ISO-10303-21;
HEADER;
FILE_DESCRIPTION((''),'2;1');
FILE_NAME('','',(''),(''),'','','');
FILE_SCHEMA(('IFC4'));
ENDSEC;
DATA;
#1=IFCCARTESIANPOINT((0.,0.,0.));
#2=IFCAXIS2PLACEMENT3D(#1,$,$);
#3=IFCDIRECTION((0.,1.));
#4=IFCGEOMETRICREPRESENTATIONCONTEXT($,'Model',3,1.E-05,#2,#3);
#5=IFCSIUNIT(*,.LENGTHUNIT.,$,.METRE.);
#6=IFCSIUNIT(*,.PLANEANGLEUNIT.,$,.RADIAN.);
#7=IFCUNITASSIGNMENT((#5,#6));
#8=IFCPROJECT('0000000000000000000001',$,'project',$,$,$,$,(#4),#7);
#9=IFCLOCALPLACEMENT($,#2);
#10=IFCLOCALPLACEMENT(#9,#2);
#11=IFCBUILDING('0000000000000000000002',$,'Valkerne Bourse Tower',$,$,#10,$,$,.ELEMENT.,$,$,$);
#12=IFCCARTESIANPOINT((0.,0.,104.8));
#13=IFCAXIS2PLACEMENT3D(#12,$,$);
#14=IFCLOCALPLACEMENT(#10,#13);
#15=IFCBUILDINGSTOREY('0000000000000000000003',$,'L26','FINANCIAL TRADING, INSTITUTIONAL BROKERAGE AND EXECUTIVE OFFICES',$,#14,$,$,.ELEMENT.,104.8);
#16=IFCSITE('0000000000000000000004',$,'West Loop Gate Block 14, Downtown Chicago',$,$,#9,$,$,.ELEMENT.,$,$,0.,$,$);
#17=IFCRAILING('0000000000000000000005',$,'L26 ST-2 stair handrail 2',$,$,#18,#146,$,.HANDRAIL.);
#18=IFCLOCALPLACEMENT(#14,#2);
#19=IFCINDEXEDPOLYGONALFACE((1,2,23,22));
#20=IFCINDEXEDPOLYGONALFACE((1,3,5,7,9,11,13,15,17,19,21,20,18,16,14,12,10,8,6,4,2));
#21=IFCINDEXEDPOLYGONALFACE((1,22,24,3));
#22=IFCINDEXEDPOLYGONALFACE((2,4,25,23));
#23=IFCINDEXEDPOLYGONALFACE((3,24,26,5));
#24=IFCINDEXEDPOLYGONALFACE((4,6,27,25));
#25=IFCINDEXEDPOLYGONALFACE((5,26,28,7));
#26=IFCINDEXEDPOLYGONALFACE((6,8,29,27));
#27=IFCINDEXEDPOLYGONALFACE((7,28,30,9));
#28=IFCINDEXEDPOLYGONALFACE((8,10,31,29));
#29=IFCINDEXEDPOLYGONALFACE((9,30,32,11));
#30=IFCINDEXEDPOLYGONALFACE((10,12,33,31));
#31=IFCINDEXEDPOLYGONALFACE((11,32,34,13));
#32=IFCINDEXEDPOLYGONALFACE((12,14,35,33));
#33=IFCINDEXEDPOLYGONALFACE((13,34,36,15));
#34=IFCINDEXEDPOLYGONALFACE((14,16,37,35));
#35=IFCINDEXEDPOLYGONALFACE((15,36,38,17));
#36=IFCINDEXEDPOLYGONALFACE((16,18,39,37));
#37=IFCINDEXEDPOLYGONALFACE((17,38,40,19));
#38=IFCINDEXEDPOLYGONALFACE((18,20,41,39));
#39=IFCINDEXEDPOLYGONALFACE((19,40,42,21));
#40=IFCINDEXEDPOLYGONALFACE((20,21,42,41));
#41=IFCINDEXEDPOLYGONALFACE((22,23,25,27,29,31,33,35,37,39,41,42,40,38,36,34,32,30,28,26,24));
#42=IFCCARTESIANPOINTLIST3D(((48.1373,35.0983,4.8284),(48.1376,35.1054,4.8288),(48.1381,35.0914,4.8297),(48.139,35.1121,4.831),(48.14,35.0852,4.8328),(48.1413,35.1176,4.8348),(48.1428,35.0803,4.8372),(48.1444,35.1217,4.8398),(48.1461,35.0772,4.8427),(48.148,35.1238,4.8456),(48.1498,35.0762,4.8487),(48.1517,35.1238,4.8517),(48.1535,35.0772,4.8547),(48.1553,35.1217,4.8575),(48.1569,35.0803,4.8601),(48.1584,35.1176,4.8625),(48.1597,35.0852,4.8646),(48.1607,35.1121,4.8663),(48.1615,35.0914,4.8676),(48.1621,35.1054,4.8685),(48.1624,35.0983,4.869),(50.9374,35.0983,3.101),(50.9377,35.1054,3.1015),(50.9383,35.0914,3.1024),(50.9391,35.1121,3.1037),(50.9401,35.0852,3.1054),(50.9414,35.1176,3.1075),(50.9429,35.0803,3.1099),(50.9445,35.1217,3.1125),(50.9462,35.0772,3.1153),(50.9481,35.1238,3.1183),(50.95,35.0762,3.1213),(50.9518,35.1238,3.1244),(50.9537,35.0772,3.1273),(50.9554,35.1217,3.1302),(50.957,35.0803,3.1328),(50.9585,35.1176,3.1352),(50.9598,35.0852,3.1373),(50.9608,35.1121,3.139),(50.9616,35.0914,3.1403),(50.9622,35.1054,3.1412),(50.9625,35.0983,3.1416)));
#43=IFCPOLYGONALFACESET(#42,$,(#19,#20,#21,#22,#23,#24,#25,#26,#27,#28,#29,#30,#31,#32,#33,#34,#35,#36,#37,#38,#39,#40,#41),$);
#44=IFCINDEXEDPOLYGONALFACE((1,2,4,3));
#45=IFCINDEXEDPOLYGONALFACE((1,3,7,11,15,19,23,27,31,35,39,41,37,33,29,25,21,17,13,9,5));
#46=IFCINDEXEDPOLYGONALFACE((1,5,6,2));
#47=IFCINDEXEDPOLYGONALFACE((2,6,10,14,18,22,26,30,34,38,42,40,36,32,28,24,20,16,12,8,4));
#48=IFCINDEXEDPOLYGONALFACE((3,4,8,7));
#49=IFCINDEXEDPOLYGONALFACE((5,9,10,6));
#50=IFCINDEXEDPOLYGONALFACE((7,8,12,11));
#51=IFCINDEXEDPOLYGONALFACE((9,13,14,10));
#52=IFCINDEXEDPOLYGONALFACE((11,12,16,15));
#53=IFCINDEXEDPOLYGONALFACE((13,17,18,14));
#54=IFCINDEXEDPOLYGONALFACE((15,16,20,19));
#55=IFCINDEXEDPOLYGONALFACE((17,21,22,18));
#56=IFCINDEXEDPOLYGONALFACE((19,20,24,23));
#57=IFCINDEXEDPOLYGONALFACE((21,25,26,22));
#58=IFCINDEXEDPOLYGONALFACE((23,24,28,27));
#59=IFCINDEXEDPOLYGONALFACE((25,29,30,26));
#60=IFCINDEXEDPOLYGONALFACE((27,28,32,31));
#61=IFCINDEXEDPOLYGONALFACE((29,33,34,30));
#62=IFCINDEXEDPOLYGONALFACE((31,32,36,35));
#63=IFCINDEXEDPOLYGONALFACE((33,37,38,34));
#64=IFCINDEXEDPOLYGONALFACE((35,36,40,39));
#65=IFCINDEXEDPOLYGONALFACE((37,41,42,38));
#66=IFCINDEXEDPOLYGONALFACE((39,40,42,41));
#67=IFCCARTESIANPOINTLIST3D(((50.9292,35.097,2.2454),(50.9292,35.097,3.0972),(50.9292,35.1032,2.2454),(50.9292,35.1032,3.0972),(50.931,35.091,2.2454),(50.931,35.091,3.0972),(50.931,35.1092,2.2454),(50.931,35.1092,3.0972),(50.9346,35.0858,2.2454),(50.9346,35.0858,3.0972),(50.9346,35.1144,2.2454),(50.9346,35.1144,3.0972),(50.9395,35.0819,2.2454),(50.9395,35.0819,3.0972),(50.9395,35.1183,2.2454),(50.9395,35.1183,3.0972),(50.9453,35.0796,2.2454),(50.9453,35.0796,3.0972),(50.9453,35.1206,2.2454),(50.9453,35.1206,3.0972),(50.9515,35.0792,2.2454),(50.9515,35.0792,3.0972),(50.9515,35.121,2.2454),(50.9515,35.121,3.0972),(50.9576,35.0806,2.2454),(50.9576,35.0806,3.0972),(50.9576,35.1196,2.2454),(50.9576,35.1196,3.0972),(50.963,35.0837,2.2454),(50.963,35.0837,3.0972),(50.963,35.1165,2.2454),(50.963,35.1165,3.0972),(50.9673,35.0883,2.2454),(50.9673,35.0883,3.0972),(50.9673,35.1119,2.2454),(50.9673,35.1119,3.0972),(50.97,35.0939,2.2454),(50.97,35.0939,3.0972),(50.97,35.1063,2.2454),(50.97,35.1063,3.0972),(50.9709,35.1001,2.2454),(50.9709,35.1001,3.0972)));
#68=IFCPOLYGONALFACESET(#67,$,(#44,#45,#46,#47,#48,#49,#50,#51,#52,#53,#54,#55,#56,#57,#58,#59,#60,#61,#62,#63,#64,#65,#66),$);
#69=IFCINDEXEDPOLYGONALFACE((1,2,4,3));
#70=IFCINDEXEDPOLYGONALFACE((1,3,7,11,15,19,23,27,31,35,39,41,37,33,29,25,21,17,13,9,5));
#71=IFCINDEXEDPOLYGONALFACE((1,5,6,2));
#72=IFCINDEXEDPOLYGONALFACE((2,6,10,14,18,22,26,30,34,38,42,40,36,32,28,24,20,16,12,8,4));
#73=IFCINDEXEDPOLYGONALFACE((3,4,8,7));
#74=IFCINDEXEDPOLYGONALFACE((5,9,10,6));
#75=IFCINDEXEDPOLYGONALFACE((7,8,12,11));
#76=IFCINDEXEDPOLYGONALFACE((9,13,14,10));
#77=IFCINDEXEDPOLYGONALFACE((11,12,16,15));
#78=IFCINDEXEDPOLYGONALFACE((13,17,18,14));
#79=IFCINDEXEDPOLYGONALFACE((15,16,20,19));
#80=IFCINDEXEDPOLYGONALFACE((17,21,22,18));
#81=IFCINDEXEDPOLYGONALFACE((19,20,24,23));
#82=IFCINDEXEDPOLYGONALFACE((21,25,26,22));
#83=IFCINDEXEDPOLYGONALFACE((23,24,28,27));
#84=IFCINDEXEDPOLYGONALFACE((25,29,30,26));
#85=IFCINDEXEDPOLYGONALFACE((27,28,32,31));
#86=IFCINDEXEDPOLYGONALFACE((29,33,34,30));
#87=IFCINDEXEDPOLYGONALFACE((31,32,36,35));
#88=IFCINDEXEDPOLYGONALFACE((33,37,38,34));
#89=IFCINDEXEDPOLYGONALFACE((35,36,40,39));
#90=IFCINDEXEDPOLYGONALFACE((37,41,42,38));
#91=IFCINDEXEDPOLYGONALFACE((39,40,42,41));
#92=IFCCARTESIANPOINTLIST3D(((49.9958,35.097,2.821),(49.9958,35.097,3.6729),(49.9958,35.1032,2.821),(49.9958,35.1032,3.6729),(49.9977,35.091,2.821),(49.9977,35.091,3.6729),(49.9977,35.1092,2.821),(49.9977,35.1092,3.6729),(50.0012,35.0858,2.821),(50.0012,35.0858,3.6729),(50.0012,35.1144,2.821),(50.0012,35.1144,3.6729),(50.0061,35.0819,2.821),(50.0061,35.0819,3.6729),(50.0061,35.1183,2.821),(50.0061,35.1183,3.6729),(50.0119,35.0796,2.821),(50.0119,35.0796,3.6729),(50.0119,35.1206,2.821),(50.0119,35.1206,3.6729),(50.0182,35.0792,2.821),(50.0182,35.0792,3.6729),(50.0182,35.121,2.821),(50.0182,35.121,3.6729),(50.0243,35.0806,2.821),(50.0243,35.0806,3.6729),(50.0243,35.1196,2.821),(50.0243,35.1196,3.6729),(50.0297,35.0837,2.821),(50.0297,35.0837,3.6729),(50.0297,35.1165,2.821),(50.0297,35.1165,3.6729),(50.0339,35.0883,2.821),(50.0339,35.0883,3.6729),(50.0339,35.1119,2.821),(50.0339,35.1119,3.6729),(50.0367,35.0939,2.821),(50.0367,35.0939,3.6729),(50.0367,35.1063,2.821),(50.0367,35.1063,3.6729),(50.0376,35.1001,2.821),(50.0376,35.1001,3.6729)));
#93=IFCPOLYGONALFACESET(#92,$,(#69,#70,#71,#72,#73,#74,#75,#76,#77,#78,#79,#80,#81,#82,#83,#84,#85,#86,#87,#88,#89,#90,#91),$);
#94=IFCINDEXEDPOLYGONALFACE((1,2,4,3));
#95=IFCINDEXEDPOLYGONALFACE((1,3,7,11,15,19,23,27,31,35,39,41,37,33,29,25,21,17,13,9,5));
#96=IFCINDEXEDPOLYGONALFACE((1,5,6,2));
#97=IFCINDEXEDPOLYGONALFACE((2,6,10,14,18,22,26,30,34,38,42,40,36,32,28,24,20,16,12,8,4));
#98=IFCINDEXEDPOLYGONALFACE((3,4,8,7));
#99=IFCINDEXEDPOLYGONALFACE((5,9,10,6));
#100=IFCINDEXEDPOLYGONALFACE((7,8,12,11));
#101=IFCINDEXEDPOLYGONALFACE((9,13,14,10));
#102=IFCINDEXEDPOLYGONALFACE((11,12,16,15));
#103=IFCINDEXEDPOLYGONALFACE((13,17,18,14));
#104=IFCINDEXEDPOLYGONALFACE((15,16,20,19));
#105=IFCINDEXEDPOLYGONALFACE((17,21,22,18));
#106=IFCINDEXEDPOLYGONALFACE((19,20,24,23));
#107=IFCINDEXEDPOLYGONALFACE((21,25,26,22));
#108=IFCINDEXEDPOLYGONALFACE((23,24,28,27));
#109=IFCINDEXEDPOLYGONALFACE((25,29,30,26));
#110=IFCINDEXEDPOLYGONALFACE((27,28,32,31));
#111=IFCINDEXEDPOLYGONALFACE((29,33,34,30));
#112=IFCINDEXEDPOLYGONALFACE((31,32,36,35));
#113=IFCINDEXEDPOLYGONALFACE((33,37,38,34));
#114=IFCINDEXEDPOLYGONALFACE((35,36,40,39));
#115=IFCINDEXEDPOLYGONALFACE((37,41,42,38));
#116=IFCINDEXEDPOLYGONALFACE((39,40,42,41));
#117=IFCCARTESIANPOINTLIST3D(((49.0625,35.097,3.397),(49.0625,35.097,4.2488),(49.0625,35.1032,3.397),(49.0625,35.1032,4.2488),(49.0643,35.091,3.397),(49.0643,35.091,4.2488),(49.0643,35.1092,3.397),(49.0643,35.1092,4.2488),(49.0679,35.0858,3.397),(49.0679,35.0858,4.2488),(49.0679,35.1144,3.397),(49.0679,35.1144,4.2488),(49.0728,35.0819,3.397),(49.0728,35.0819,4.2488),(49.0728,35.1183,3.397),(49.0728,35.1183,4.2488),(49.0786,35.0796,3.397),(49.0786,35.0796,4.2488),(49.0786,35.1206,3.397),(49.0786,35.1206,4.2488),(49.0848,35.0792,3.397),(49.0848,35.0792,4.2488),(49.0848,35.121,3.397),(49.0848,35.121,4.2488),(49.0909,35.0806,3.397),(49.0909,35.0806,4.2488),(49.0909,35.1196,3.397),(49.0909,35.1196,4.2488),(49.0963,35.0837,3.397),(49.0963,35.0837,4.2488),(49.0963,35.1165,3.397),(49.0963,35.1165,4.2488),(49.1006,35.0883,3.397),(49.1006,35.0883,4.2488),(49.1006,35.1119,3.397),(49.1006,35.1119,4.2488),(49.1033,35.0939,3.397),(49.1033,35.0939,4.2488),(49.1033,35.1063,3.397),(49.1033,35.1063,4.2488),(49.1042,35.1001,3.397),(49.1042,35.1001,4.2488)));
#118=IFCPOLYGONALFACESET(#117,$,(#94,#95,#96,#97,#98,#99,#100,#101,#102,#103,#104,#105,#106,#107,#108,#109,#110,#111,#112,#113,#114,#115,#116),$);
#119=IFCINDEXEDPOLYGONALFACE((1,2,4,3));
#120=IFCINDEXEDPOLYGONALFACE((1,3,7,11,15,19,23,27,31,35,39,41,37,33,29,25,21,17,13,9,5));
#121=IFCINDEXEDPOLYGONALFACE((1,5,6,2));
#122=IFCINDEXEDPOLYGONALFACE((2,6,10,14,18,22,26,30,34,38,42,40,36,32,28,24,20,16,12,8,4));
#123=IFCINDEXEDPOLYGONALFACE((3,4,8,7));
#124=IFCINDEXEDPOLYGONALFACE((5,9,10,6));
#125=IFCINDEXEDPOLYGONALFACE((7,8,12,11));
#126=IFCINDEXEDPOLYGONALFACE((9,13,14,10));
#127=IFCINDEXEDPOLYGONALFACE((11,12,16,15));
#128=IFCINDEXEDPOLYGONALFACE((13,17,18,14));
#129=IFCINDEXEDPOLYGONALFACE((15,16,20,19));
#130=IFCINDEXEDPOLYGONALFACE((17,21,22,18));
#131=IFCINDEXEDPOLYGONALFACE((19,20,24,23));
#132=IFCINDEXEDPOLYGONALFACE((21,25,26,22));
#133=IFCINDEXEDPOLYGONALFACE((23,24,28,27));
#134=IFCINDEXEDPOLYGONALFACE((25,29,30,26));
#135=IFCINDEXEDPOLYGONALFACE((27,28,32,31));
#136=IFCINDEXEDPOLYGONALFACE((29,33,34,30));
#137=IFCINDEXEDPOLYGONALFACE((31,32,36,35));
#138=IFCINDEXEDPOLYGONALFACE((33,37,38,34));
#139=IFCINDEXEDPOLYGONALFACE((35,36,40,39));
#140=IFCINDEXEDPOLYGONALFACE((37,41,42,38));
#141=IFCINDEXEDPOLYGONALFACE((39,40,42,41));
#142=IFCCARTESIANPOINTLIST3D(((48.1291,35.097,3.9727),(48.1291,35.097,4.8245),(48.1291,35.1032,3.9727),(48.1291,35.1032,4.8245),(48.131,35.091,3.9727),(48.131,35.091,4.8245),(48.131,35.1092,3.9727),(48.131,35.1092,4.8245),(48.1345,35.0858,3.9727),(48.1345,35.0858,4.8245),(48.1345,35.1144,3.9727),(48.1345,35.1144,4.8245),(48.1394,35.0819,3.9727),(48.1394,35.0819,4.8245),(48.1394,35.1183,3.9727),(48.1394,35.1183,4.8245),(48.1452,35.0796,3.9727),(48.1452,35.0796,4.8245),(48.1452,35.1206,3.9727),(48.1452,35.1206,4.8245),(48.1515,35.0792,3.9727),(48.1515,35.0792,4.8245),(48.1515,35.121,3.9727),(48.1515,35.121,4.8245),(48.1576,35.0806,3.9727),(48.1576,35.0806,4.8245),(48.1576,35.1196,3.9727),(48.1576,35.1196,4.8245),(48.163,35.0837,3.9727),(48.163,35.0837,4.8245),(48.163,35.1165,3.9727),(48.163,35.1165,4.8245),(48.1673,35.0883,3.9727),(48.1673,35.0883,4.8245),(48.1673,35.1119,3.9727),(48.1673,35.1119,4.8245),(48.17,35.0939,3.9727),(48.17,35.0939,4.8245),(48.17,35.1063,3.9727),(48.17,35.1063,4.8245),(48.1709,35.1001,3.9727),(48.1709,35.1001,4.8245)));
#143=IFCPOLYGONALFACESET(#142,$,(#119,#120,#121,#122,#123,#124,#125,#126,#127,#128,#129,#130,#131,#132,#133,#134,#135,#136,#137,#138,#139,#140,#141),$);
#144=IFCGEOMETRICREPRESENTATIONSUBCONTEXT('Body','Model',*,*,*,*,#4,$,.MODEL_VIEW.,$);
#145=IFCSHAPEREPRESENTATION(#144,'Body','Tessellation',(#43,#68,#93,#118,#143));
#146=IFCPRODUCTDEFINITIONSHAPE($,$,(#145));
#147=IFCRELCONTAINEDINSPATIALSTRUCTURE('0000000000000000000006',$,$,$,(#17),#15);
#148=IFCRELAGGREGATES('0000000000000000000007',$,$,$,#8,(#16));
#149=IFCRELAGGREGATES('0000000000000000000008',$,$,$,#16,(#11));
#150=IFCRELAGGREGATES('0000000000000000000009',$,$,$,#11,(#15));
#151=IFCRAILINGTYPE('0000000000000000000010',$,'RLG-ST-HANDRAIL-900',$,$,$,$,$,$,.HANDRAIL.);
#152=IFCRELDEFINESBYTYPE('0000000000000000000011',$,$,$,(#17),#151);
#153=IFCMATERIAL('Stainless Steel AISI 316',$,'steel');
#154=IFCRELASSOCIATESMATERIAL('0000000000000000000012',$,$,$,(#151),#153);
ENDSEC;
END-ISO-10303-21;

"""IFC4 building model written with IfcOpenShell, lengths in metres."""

from ifc_helpers import new_model, si_unit, direction, frame, origin, origin_2d, place, context, subcontext, project, spatial, circle, extrude, material, type_object, element, save


model = new_model("IFC4")

# Units and contexts
model_context = context("Model", 3, precision=1e-05, world=origin(), true_north=direction((0.0, 1.0)))
body_context = subcontext(model_context, "Body", "Model", "MODEL_VIEW")
ifc_project = project(units=[si_unit("LENGTHUNIT", "METRE"), si_unit("PLANEANGLEUNIT", "RADIAN")], contexts=[model_context])

# Site, building, storey
site_placement = place(None, origin())
site = spatial("IfcSite", under=ifc_project, at=site_placement, Name="West Loop Gate Block 14, Downtown Chicago", CompositionType="ELEMENT", RefElevation=0.0)
building_placement = place(site_placement, origin())
building = spatial("IfcBuilding", under=site, at=building_placement, Name="Valkerne Bourse Tower", CompositionType="ELEMENT")
storey_placement = place(building_placement, frame((0.0, 0.0, 104.8)))
storey = spatial("IfcBuildingStorey", under=building, at=storey_placement, Name="L26", Description="FINANCIAL TRADING, INSTITUTIONAL BROKERAGE AND EXECUTIVE OFFICES", CompositionType="ELEMENT", Elevation=104.8)

# Shared definitions
ifc_material_1 = material(Name="Stainless Steel AISI 316", Category="steel")

# Railing
railing_type_1 = type_object("IfcRailingType", Name="RLG-ST-HANDRAIL-900", PredefinedType="HANDRAIL", material=ifc_material_1)
railing_1_placement = place(storey_placement, frame((50.95, 35.1001, 2.2454)))
element("IfcRailing", 1, at=railing_1_placement, inside=storey, type_object=railing_type_1, Name="L26 ST-2 stair handrail 2", PredefinedType="HANDRAIL", context=body_context, shape_type="SweptSolid", body=[
    extrude(circle(Radius=0.0239, at=origin_2d()), frame((0.0, 0.0, 0.876), z_axis=(-0.85109, 0.0, 0.52502), x_axis=(0.0, -1.0, 0.0)), (0.0, 0.0, 1.0), 3.29),
    extrude(circle(Radius=0.021, at=origin_2d()), origin(), (0.0, 0.0, 1.0), 0.8518),
    extrude(circle(Radius=0.021, at=origin_2d()), frame((-0.9333, 0.0, 0.5757)), (0.0, 0.0, 1.0), 0.8518),
    extrude(circle(Radius=0.021, at=origin_2d()), frame((-1.8667, 0.0, 1.1516)), (0.0, 0.0, 1.0), 0.8518),
    extrude(circle(Radius=0.021, at=origin_2d()), frame((-2.8, 0.0, 1.7273)), (0.0, 0.0, 1.0), 0.8518),
])

save(model, "model.ifc")
